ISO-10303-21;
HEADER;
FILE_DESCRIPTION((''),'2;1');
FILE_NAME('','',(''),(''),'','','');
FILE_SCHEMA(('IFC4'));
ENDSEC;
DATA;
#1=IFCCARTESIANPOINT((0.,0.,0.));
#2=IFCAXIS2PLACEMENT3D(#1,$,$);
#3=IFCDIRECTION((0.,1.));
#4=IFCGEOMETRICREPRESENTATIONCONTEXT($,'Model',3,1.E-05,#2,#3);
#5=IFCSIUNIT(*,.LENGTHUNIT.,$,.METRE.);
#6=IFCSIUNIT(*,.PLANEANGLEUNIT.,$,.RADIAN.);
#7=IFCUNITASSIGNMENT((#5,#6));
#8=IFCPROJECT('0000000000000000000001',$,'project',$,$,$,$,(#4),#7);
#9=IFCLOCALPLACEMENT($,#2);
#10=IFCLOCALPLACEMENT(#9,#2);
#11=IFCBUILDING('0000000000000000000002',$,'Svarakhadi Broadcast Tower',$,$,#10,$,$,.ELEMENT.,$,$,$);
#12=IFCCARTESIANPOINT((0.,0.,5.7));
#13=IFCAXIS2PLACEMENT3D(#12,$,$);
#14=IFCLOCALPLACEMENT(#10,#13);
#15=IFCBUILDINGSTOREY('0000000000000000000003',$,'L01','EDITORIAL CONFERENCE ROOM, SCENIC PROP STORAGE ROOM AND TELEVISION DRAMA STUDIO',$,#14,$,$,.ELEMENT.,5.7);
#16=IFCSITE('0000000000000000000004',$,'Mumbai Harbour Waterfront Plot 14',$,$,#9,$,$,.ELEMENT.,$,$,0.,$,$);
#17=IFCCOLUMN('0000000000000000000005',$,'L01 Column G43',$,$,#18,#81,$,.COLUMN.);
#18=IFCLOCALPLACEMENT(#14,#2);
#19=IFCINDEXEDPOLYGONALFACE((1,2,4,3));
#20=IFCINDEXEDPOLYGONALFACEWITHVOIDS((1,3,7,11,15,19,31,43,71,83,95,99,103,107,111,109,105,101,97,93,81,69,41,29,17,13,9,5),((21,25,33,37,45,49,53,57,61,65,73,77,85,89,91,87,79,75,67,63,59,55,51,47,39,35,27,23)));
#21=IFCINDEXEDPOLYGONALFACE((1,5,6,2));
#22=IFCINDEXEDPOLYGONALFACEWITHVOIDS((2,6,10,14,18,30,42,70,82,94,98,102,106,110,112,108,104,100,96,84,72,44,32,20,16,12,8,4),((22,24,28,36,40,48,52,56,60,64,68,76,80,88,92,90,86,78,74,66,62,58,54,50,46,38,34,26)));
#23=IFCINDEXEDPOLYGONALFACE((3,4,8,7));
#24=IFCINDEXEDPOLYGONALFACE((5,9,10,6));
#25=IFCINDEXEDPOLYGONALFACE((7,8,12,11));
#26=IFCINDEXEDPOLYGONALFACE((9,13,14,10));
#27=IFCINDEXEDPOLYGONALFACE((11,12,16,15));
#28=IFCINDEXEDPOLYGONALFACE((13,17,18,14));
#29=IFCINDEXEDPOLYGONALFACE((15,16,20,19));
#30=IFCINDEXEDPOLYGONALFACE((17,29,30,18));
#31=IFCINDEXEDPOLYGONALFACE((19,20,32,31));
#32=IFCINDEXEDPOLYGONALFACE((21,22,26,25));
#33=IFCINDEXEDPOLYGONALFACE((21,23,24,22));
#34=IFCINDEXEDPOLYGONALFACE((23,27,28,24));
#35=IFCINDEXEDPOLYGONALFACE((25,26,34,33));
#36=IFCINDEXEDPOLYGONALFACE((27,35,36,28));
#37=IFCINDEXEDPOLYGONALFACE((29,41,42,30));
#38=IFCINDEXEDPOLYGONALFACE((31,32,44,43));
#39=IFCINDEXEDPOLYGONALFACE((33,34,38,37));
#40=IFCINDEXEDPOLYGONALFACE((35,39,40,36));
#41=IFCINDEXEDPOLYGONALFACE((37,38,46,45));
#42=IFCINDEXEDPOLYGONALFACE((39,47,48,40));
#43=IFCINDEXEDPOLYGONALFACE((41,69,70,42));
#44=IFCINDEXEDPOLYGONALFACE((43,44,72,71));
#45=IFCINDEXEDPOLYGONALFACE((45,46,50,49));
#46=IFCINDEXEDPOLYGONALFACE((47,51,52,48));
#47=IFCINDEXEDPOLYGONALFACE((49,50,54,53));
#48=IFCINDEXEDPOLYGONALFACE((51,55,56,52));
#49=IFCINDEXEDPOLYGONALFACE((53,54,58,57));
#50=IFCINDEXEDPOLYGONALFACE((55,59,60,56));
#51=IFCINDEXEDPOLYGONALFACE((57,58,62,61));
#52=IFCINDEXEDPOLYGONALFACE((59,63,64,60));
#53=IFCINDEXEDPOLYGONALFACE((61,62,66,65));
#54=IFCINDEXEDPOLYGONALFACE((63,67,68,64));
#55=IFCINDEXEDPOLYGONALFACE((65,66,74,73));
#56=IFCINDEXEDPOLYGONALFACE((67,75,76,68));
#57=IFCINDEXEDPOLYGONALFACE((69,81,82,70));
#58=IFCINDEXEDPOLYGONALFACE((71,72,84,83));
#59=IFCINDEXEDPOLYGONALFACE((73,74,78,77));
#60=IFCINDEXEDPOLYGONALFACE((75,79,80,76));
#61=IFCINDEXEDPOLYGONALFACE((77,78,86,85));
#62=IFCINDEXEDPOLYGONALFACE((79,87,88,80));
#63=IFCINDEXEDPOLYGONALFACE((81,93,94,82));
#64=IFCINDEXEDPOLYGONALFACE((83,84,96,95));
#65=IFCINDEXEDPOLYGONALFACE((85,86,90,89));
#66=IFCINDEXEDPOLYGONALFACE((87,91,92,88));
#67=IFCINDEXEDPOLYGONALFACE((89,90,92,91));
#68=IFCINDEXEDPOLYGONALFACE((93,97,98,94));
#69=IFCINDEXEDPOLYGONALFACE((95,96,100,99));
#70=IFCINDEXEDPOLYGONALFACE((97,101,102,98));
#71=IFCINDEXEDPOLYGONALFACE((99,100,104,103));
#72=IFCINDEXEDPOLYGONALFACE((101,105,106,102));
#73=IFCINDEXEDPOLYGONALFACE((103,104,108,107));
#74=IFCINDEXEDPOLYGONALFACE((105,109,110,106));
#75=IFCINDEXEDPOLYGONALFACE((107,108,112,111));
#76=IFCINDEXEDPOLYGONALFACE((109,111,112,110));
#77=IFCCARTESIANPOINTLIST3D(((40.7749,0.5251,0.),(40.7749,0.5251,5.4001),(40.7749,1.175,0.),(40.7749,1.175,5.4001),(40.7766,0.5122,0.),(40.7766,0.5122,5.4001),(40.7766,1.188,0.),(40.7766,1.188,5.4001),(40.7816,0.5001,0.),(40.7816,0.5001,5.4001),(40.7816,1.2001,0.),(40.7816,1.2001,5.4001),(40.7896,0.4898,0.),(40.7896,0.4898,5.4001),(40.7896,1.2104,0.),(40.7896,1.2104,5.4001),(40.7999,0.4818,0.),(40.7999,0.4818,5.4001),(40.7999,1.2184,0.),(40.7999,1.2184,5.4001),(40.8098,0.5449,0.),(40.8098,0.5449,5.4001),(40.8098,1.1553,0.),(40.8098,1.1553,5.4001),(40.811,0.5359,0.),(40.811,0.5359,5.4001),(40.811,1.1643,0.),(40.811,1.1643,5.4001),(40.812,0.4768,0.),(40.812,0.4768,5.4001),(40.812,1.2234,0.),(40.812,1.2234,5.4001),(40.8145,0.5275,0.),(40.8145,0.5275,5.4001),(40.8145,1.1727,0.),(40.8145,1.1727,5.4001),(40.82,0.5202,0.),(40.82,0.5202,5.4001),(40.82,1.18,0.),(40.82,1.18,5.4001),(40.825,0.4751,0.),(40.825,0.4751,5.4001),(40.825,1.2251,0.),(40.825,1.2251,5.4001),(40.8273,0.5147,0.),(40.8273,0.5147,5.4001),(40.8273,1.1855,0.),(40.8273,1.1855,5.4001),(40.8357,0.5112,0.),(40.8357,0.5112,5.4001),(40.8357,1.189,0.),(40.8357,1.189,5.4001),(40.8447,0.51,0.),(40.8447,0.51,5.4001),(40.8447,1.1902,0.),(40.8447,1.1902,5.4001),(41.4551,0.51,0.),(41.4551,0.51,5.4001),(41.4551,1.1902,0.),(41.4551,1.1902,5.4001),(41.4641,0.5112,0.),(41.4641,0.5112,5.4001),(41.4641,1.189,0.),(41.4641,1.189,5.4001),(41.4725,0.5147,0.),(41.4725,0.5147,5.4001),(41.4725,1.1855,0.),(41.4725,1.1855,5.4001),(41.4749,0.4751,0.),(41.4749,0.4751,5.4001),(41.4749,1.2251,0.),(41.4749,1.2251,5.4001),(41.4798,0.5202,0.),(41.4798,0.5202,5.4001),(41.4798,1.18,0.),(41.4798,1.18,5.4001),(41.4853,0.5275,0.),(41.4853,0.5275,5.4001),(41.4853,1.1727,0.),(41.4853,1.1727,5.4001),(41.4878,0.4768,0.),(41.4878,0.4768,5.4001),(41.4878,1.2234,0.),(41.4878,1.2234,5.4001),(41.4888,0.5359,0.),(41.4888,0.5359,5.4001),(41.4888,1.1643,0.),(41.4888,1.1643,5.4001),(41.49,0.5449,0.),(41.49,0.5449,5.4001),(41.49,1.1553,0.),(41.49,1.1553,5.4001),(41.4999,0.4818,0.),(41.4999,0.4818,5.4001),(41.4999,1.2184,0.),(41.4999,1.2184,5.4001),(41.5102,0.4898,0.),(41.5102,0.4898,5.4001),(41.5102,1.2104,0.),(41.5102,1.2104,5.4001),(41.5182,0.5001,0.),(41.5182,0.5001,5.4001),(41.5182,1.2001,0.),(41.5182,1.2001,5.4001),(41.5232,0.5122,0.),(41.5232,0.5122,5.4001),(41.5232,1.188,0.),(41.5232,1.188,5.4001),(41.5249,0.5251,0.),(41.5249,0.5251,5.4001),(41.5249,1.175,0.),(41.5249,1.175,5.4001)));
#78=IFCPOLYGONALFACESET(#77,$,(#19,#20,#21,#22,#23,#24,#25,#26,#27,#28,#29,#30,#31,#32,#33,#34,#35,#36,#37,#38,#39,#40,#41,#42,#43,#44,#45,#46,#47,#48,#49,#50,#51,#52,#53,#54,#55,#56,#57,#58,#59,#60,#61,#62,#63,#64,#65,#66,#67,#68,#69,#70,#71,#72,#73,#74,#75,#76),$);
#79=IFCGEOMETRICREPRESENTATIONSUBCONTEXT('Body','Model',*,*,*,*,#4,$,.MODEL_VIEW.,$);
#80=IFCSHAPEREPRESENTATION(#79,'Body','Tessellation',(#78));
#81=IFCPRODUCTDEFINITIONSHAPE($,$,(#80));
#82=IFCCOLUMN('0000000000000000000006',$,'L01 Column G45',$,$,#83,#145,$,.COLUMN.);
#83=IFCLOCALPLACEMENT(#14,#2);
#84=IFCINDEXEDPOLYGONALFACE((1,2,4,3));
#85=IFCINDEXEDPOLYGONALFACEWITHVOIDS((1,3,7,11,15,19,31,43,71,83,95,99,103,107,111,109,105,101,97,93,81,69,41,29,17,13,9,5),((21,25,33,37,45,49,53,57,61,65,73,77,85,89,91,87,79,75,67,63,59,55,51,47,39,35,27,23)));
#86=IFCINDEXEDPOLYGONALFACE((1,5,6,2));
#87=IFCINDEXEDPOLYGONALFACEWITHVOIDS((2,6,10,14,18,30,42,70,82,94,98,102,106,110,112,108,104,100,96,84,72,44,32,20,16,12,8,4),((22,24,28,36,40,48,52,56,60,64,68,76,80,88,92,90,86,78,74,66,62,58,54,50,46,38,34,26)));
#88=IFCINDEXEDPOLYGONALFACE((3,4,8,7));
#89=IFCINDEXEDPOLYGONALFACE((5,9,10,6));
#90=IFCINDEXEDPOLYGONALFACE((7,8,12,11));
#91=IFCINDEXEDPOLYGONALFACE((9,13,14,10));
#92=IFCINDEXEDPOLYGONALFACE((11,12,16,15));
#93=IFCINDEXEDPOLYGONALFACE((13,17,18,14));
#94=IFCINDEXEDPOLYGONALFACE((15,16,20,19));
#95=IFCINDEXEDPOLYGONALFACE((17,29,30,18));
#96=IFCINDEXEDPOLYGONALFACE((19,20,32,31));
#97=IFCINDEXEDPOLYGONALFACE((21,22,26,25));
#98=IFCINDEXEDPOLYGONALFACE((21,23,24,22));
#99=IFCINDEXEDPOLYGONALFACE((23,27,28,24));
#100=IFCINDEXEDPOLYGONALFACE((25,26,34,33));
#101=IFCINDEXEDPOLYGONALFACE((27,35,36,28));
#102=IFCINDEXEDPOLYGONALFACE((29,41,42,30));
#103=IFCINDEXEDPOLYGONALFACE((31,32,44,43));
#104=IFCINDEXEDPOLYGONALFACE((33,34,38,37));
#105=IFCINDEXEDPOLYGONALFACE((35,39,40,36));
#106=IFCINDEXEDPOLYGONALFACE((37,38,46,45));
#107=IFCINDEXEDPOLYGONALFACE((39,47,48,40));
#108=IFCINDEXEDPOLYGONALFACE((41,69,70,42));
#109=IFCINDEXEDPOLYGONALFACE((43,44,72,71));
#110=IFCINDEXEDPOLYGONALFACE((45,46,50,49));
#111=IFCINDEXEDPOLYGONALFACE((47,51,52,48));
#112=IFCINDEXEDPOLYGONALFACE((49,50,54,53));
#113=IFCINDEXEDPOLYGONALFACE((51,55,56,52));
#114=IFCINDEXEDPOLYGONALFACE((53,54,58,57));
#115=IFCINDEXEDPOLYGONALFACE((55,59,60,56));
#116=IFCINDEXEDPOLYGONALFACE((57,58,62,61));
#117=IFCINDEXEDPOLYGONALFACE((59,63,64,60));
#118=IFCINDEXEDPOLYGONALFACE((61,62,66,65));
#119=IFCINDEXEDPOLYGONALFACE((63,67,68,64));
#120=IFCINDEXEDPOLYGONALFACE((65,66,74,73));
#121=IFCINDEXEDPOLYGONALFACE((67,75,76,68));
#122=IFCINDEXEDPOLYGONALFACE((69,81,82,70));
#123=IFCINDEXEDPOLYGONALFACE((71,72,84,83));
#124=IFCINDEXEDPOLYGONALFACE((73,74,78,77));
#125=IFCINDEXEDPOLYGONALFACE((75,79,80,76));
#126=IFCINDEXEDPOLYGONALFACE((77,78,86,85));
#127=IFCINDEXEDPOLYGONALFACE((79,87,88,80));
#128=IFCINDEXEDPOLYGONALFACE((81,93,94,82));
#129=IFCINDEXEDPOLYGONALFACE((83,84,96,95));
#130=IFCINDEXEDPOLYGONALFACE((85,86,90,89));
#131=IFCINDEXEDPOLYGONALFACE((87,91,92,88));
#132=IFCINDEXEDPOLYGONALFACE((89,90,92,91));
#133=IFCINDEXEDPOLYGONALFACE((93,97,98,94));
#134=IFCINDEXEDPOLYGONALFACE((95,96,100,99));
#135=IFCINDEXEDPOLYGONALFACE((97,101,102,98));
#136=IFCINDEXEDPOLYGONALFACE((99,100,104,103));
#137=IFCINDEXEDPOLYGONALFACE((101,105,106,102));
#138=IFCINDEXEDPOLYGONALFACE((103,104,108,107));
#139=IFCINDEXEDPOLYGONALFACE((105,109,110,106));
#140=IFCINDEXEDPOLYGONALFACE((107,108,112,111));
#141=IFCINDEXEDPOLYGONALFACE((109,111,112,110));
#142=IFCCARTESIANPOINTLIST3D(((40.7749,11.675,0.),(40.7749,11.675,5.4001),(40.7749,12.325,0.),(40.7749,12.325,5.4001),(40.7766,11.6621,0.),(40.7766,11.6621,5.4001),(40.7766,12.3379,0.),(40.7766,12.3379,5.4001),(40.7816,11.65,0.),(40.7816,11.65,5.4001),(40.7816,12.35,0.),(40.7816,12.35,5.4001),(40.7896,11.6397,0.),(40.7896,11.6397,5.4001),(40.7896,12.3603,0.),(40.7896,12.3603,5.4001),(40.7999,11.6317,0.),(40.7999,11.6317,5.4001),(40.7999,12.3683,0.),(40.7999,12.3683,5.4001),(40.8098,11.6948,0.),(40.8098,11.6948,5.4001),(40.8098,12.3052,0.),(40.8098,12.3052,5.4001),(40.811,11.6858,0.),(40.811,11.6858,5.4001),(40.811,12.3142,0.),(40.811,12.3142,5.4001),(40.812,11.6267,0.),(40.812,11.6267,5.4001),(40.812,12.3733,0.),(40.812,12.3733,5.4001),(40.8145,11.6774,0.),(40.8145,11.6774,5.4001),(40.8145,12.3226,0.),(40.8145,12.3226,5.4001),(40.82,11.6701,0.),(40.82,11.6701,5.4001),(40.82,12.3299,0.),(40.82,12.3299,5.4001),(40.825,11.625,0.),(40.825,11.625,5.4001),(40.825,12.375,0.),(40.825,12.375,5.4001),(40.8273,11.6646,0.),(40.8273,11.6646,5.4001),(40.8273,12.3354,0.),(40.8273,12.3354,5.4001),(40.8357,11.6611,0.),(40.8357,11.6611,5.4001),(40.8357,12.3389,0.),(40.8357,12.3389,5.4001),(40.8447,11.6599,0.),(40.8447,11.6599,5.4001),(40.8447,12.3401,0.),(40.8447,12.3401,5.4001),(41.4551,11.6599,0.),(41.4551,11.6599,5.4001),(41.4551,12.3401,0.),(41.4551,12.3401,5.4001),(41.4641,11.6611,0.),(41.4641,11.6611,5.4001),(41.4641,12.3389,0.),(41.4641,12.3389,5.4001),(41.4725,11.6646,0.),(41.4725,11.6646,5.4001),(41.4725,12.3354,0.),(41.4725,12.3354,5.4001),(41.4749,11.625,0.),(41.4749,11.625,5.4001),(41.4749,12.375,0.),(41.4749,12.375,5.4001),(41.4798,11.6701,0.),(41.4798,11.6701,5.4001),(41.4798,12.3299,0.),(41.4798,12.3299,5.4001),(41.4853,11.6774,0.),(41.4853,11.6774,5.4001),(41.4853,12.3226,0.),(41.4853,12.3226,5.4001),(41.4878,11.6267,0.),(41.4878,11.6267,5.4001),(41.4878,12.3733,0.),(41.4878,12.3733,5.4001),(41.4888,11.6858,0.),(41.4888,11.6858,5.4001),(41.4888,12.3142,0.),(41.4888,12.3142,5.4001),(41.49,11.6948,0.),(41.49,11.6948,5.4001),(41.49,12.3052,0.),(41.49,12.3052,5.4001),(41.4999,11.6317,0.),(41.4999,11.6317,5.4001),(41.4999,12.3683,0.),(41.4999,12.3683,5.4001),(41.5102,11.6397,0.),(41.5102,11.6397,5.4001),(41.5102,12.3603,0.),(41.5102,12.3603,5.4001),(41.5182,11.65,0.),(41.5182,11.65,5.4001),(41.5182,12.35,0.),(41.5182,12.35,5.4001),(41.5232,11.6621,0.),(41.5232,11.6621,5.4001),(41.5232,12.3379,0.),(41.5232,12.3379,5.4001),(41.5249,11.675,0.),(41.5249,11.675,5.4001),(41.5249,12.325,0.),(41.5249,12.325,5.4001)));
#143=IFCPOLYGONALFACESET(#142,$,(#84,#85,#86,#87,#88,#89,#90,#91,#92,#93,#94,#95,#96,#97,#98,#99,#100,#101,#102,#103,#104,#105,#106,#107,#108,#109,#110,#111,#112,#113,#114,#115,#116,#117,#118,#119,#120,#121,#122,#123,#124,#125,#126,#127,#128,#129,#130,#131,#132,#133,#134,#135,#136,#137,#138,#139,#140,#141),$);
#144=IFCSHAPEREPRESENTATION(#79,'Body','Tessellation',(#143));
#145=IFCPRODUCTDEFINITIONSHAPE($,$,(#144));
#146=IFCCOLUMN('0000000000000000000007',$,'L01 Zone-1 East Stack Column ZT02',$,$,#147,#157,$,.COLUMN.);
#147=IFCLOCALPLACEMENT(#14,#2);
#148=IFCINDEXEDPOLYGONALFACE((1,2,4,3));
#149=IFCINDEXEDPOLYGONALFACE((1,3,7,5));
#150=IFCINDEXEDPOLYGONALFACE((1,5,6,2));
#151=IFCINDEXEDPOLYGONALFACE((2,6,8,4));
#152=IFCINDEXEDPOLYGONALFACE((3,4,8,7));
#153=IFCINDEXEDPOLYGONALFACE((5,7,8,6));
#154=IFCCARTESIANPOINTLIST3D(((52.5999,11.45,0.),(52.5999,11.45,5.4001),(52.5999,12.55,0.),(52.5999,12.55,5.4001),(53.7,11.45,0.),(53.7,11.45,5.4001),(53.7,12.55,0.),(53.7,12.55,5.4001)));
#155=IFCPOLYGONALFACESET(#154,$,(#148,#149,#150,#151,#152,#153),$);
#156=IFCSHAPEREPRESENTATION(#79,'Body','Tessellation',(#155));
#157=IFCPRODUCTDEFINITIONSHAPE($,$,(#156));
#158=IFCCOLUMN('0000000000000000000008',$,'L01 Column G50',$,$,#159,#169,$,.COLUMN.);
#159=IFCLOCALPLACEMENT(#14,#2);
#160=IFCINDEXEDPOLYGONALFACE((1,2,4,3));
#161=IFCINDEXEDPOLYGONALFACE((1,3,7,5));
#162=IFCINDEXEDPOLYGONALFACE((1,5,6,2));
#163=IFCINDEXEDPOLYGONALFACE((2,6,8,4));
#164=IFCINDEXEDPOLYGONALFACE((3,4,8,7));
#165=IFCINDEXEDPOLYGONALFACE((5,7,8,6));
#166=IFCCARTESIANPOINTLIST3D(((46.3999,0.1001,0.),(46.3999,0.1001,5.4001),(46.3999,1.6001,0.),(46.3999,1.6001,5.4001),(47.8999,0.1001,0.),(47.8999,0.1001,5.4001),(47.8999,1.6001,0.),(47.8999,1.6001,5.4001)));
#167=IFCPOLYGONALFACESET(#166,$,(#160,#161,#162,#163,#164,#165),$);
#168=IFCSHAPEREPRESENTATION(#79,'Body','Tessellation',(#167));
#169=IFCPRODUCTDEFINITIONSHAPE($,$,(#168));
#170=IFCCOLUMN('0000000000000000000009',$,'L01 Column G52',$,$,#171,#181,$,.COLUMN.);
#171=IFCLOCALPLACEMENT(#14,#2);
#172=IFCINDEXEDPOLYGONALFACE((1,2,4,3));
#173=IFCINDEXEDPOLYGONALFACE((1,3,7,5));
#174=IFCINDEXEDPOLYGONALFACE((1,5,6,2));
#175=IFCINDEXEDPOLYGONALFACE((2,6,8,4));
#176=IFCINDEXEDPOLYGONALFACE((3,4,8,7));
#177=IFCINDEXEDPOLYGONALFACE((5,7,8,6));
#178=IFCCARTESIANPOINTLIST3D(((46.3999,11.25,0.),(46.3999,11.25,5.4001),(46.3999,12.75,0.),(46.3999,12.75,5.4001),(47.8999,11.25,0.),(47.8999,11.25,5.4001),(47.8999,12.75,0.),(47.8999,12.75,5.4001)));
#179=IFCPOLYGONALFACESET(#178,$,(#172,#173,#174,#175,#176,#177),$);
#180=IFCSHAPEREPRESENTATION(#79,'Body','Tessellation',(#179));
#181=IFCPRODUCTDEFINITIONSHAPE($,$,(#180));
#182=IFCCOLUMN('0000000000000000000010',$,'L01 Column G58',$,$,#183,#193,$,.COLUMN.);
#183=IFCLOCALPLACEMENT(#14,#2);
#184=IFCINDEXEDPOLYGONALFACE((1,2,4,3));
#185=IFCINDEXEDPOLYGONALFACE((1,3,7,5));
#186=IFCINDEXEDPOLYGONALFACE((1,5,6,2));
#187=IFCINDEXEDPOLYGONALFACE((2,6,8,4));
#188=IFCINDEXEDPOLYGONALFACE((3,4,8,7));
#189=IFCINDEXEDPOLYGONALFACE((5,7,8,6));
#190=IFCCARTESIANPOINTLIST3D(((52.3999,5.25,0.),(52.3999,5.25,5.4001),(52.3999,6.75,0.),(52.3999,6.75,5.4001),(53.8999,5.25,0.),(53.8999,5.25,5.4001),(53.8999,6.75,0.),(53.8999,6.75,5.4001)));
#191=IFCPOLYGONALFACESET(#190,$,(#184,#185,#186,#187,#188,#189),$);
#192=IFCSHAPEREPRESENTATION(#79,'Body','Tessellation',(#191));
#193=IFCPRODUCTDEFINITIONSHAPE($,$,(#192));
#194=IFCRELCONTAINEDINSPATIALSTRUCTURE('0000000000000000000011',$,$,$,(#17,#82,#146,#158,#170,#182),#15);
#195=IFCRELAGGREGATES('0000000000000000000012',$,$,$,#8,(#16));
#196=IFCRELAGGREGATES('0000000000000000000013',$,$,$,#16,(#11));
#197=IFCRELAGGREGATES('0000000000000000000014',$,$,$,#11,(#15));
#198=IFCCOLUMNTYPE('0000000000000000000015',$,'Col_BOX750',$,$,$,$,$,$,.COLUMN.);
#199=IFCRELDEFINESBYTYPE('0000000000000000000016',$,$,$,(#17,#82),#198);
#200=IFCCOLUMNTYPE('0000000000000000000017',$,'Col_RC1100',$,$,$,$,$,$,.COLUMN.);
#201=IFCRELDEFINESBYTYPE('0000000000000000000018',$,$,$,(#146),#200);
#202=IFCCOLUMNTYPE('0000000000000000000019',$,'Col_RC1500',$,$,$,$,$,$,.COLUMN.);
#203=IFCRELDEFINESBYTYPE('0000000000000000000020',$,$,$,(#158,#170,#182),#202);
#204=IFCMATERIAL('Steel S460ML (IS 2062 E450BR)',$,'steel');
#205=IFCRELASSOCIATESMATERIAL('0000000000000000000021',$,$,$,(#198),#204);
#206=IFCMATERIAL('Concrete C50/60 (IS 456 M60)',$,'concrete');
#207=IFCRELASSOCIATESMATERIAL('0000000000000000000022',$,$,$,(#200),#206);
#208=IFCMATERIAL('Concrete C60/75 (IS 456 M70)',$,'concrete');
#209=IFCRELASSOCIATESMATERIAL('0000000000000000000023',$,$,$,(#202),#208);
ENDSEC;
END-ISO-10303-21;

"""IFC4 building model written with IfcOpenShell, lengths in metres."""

from ifc_helpers import new_model, si_unit, direction, frame, origin, origin_2d, place, context, subcontext, project, spatial, rectangle, hollow_rectangle, extrude, material, material_profile, profile_set, type_object, element, save


model = new_model("IFC4")

# Units and contexts
model_context = context("Model", 3, precision=1e-05, world=origin(), true_north=direction((0.0, 1.0)))
body_context = subcontext(model_context, "Body", "Model", "MODEL_VIEW")
ifc_project = project(units=[si_unit("LENGTHUNIT", "METRE"), si_unit("PLANEANGLEUNIT", "RADIAN")], contexts=[model_context])

# Site, building, storey
site_placement = place(None, origin())
site = spatial("IfcSite", under=ifc_project, at=site_placement, Name="Mumbai Harbour Waterfront Plot 14", CompositionType="ELEMENT", RefElevation=0.0)
building_placement = place(site_placement, origin())
building = spatial("IfcBuilding", under=site, at=building_placement, Name="Svarakhadi Broadcast Tower", CompositionType="ELEMENT")
storey_placement = place(building_placement, frame((0.0, 0.0, 5.7)))
storey = spatial("IfcBuildingStorey", under=building, at=storey_placement, Name="L01", Description="EDITORIAL CONFERENCE ROOM, SCENIC PROP STORAGE ROOM AND TELEVISION DRAMA STUDIO", CompositionType="ELEMENT", Elevation=5.7)

# Columns
ifc_material_1 = material(Name="Steel S460ML (IS 2062 E450BR)", Category="steel")
ifc_material_profile_1 = material_profile(ifc_material_1, hollow_rectangle(XDim=0.75, YDim=0.75, WallThickness=0.0349, InnerFilletRadius=0.0349, OuterFilletRadius=0.05, at=origin_2d()), Name="BOX 750x750x35")
ifc_profile_set_1 = profile_set([ifc_material_profile_1], Name="Steel S460ML (IS 2062 E450BR)")
column_type_1 = type_object("IfcColumnType", Name="Col_BOX750", PredefinedType="COLUMN", material=ifc_profile_set_1)
for number, where, z_axis, x_axis, name in (
    (1, (41.1499, 0.8501, 0.0), (0.0, 0.0, 1.0), (1.0, 0.0, 0.0), "L01 Column G43"),
    (2, (41.1499, 12.0, 0.0), (0.0, 0.0, 1.0), (1.0, 0.0, 0.0), "L01 Column G45"),
):
    element("IfcColumn", number, at=place(storey_placement, frame(where, z_axis=z_axis, x_axis=x_axis)), inside=storey, type_object=column_type_1, Name=name, PredefinedType="COLUMN", context=body_context, shape_type="SweptSolid", body=[
        extrude(hollow_rectangle(XDim=0.75, YDim=0.75, WallThickness=0.0349, InnerFilletRadius=0.0349, OuterFilletRadius=0.05, at=origin_2d()), origin(), (0.0, 0.0, 1.0), 5.4001),
    ])
ifc_material_2 = material(Name="Concrete C50/60 (IS 456 M60)", Category="concrete")
ifc_material_profile_2 = material_profile(ifc_material_2, rectangle(XDim=1.1001, YDim=1.1001, at=origin_2d()), Name="RC 1100x1100")
ifc_profile_set_2 = profile_set([ifc_material_profile_2], Name="Concrete C50/60 (IS 456 M60)")
column_type_2 = type_object("IfcColumnType", Name="Col_RC1100", PredefinedType="COLUMN", material=ifc_profile_set_2)
column_1_placement = place(storey_placement, frame((53.1499, 12.0, 0.0), z_axis=(0.0, 0.0, 1.0), x_axis=(1.0, 0.0, 0.0)))
element("IfcColumn", 3, at=column_1_placement, inside=storey, type_object=column_type_2, Name="L01 Zone-1 East Stack Column ZT02", PredefinedType="COLUMN", context=body_context, shape_type="SweptSolid", body=[
    extrude(rectangle(XDim=1.1001, YDim=1.1001, at=origin_2d()), origin(), (0.0, 0.0, 1.0), 5.4001),
])
ifc_material_3 = material(Name="Concrete C60/75 (IS 456 M70)", Category="concrete")
ifc_material_profile_3 = material_profile(ifc_material_3, rectangle(XDim=1.5, YDim=1.5, at=origin_2d()), Name="RC 1500x1500")
ifc_profile_set_3 = profile_set([ifc_material_profile_3], Name="Concrete C60/75 (IS 456 M70)")
column_type_3 = type_object("IfcColumnType", Name="Col_RC1500", PredefinedType="COLUMN", material=ifc_profile_set_3)
for number, where, z_axis, x_axis, name in (
    (4, (47.1499, 0.8501, 0.0), (0.0, 0.0, 1.0), (1.0, 0.0, 0.0), "L01 Column G50"),
    (5, (47.1499, 12.0, 0.0), (0.0, 0.0, 1.0), (1.0, 0.0, 0.0), "L01 Column G52"),
    (6, (53.1499, 6.0, 0.0), (0.0, 0.0, 1.0), (1.0, 0.0, 0.0), "L01 Column G58"),
):
    element("IfcColumn", number, at=place(storey_placement, frame(where, z_axis=z_axis, x_axis=x_axis)), inside=storey, type_object=column_type_3, Name=name, PredefinedType="COLUMN", context=body_context, shape_type="SweptSolid", body=[
        extrude(rectangle(XDim=1.5, YDim=1.5, at=origin_2d()), origin(), (0.0, 0.0, 1.0), 5.4001),
    ])

save(model, "model.ifc")
